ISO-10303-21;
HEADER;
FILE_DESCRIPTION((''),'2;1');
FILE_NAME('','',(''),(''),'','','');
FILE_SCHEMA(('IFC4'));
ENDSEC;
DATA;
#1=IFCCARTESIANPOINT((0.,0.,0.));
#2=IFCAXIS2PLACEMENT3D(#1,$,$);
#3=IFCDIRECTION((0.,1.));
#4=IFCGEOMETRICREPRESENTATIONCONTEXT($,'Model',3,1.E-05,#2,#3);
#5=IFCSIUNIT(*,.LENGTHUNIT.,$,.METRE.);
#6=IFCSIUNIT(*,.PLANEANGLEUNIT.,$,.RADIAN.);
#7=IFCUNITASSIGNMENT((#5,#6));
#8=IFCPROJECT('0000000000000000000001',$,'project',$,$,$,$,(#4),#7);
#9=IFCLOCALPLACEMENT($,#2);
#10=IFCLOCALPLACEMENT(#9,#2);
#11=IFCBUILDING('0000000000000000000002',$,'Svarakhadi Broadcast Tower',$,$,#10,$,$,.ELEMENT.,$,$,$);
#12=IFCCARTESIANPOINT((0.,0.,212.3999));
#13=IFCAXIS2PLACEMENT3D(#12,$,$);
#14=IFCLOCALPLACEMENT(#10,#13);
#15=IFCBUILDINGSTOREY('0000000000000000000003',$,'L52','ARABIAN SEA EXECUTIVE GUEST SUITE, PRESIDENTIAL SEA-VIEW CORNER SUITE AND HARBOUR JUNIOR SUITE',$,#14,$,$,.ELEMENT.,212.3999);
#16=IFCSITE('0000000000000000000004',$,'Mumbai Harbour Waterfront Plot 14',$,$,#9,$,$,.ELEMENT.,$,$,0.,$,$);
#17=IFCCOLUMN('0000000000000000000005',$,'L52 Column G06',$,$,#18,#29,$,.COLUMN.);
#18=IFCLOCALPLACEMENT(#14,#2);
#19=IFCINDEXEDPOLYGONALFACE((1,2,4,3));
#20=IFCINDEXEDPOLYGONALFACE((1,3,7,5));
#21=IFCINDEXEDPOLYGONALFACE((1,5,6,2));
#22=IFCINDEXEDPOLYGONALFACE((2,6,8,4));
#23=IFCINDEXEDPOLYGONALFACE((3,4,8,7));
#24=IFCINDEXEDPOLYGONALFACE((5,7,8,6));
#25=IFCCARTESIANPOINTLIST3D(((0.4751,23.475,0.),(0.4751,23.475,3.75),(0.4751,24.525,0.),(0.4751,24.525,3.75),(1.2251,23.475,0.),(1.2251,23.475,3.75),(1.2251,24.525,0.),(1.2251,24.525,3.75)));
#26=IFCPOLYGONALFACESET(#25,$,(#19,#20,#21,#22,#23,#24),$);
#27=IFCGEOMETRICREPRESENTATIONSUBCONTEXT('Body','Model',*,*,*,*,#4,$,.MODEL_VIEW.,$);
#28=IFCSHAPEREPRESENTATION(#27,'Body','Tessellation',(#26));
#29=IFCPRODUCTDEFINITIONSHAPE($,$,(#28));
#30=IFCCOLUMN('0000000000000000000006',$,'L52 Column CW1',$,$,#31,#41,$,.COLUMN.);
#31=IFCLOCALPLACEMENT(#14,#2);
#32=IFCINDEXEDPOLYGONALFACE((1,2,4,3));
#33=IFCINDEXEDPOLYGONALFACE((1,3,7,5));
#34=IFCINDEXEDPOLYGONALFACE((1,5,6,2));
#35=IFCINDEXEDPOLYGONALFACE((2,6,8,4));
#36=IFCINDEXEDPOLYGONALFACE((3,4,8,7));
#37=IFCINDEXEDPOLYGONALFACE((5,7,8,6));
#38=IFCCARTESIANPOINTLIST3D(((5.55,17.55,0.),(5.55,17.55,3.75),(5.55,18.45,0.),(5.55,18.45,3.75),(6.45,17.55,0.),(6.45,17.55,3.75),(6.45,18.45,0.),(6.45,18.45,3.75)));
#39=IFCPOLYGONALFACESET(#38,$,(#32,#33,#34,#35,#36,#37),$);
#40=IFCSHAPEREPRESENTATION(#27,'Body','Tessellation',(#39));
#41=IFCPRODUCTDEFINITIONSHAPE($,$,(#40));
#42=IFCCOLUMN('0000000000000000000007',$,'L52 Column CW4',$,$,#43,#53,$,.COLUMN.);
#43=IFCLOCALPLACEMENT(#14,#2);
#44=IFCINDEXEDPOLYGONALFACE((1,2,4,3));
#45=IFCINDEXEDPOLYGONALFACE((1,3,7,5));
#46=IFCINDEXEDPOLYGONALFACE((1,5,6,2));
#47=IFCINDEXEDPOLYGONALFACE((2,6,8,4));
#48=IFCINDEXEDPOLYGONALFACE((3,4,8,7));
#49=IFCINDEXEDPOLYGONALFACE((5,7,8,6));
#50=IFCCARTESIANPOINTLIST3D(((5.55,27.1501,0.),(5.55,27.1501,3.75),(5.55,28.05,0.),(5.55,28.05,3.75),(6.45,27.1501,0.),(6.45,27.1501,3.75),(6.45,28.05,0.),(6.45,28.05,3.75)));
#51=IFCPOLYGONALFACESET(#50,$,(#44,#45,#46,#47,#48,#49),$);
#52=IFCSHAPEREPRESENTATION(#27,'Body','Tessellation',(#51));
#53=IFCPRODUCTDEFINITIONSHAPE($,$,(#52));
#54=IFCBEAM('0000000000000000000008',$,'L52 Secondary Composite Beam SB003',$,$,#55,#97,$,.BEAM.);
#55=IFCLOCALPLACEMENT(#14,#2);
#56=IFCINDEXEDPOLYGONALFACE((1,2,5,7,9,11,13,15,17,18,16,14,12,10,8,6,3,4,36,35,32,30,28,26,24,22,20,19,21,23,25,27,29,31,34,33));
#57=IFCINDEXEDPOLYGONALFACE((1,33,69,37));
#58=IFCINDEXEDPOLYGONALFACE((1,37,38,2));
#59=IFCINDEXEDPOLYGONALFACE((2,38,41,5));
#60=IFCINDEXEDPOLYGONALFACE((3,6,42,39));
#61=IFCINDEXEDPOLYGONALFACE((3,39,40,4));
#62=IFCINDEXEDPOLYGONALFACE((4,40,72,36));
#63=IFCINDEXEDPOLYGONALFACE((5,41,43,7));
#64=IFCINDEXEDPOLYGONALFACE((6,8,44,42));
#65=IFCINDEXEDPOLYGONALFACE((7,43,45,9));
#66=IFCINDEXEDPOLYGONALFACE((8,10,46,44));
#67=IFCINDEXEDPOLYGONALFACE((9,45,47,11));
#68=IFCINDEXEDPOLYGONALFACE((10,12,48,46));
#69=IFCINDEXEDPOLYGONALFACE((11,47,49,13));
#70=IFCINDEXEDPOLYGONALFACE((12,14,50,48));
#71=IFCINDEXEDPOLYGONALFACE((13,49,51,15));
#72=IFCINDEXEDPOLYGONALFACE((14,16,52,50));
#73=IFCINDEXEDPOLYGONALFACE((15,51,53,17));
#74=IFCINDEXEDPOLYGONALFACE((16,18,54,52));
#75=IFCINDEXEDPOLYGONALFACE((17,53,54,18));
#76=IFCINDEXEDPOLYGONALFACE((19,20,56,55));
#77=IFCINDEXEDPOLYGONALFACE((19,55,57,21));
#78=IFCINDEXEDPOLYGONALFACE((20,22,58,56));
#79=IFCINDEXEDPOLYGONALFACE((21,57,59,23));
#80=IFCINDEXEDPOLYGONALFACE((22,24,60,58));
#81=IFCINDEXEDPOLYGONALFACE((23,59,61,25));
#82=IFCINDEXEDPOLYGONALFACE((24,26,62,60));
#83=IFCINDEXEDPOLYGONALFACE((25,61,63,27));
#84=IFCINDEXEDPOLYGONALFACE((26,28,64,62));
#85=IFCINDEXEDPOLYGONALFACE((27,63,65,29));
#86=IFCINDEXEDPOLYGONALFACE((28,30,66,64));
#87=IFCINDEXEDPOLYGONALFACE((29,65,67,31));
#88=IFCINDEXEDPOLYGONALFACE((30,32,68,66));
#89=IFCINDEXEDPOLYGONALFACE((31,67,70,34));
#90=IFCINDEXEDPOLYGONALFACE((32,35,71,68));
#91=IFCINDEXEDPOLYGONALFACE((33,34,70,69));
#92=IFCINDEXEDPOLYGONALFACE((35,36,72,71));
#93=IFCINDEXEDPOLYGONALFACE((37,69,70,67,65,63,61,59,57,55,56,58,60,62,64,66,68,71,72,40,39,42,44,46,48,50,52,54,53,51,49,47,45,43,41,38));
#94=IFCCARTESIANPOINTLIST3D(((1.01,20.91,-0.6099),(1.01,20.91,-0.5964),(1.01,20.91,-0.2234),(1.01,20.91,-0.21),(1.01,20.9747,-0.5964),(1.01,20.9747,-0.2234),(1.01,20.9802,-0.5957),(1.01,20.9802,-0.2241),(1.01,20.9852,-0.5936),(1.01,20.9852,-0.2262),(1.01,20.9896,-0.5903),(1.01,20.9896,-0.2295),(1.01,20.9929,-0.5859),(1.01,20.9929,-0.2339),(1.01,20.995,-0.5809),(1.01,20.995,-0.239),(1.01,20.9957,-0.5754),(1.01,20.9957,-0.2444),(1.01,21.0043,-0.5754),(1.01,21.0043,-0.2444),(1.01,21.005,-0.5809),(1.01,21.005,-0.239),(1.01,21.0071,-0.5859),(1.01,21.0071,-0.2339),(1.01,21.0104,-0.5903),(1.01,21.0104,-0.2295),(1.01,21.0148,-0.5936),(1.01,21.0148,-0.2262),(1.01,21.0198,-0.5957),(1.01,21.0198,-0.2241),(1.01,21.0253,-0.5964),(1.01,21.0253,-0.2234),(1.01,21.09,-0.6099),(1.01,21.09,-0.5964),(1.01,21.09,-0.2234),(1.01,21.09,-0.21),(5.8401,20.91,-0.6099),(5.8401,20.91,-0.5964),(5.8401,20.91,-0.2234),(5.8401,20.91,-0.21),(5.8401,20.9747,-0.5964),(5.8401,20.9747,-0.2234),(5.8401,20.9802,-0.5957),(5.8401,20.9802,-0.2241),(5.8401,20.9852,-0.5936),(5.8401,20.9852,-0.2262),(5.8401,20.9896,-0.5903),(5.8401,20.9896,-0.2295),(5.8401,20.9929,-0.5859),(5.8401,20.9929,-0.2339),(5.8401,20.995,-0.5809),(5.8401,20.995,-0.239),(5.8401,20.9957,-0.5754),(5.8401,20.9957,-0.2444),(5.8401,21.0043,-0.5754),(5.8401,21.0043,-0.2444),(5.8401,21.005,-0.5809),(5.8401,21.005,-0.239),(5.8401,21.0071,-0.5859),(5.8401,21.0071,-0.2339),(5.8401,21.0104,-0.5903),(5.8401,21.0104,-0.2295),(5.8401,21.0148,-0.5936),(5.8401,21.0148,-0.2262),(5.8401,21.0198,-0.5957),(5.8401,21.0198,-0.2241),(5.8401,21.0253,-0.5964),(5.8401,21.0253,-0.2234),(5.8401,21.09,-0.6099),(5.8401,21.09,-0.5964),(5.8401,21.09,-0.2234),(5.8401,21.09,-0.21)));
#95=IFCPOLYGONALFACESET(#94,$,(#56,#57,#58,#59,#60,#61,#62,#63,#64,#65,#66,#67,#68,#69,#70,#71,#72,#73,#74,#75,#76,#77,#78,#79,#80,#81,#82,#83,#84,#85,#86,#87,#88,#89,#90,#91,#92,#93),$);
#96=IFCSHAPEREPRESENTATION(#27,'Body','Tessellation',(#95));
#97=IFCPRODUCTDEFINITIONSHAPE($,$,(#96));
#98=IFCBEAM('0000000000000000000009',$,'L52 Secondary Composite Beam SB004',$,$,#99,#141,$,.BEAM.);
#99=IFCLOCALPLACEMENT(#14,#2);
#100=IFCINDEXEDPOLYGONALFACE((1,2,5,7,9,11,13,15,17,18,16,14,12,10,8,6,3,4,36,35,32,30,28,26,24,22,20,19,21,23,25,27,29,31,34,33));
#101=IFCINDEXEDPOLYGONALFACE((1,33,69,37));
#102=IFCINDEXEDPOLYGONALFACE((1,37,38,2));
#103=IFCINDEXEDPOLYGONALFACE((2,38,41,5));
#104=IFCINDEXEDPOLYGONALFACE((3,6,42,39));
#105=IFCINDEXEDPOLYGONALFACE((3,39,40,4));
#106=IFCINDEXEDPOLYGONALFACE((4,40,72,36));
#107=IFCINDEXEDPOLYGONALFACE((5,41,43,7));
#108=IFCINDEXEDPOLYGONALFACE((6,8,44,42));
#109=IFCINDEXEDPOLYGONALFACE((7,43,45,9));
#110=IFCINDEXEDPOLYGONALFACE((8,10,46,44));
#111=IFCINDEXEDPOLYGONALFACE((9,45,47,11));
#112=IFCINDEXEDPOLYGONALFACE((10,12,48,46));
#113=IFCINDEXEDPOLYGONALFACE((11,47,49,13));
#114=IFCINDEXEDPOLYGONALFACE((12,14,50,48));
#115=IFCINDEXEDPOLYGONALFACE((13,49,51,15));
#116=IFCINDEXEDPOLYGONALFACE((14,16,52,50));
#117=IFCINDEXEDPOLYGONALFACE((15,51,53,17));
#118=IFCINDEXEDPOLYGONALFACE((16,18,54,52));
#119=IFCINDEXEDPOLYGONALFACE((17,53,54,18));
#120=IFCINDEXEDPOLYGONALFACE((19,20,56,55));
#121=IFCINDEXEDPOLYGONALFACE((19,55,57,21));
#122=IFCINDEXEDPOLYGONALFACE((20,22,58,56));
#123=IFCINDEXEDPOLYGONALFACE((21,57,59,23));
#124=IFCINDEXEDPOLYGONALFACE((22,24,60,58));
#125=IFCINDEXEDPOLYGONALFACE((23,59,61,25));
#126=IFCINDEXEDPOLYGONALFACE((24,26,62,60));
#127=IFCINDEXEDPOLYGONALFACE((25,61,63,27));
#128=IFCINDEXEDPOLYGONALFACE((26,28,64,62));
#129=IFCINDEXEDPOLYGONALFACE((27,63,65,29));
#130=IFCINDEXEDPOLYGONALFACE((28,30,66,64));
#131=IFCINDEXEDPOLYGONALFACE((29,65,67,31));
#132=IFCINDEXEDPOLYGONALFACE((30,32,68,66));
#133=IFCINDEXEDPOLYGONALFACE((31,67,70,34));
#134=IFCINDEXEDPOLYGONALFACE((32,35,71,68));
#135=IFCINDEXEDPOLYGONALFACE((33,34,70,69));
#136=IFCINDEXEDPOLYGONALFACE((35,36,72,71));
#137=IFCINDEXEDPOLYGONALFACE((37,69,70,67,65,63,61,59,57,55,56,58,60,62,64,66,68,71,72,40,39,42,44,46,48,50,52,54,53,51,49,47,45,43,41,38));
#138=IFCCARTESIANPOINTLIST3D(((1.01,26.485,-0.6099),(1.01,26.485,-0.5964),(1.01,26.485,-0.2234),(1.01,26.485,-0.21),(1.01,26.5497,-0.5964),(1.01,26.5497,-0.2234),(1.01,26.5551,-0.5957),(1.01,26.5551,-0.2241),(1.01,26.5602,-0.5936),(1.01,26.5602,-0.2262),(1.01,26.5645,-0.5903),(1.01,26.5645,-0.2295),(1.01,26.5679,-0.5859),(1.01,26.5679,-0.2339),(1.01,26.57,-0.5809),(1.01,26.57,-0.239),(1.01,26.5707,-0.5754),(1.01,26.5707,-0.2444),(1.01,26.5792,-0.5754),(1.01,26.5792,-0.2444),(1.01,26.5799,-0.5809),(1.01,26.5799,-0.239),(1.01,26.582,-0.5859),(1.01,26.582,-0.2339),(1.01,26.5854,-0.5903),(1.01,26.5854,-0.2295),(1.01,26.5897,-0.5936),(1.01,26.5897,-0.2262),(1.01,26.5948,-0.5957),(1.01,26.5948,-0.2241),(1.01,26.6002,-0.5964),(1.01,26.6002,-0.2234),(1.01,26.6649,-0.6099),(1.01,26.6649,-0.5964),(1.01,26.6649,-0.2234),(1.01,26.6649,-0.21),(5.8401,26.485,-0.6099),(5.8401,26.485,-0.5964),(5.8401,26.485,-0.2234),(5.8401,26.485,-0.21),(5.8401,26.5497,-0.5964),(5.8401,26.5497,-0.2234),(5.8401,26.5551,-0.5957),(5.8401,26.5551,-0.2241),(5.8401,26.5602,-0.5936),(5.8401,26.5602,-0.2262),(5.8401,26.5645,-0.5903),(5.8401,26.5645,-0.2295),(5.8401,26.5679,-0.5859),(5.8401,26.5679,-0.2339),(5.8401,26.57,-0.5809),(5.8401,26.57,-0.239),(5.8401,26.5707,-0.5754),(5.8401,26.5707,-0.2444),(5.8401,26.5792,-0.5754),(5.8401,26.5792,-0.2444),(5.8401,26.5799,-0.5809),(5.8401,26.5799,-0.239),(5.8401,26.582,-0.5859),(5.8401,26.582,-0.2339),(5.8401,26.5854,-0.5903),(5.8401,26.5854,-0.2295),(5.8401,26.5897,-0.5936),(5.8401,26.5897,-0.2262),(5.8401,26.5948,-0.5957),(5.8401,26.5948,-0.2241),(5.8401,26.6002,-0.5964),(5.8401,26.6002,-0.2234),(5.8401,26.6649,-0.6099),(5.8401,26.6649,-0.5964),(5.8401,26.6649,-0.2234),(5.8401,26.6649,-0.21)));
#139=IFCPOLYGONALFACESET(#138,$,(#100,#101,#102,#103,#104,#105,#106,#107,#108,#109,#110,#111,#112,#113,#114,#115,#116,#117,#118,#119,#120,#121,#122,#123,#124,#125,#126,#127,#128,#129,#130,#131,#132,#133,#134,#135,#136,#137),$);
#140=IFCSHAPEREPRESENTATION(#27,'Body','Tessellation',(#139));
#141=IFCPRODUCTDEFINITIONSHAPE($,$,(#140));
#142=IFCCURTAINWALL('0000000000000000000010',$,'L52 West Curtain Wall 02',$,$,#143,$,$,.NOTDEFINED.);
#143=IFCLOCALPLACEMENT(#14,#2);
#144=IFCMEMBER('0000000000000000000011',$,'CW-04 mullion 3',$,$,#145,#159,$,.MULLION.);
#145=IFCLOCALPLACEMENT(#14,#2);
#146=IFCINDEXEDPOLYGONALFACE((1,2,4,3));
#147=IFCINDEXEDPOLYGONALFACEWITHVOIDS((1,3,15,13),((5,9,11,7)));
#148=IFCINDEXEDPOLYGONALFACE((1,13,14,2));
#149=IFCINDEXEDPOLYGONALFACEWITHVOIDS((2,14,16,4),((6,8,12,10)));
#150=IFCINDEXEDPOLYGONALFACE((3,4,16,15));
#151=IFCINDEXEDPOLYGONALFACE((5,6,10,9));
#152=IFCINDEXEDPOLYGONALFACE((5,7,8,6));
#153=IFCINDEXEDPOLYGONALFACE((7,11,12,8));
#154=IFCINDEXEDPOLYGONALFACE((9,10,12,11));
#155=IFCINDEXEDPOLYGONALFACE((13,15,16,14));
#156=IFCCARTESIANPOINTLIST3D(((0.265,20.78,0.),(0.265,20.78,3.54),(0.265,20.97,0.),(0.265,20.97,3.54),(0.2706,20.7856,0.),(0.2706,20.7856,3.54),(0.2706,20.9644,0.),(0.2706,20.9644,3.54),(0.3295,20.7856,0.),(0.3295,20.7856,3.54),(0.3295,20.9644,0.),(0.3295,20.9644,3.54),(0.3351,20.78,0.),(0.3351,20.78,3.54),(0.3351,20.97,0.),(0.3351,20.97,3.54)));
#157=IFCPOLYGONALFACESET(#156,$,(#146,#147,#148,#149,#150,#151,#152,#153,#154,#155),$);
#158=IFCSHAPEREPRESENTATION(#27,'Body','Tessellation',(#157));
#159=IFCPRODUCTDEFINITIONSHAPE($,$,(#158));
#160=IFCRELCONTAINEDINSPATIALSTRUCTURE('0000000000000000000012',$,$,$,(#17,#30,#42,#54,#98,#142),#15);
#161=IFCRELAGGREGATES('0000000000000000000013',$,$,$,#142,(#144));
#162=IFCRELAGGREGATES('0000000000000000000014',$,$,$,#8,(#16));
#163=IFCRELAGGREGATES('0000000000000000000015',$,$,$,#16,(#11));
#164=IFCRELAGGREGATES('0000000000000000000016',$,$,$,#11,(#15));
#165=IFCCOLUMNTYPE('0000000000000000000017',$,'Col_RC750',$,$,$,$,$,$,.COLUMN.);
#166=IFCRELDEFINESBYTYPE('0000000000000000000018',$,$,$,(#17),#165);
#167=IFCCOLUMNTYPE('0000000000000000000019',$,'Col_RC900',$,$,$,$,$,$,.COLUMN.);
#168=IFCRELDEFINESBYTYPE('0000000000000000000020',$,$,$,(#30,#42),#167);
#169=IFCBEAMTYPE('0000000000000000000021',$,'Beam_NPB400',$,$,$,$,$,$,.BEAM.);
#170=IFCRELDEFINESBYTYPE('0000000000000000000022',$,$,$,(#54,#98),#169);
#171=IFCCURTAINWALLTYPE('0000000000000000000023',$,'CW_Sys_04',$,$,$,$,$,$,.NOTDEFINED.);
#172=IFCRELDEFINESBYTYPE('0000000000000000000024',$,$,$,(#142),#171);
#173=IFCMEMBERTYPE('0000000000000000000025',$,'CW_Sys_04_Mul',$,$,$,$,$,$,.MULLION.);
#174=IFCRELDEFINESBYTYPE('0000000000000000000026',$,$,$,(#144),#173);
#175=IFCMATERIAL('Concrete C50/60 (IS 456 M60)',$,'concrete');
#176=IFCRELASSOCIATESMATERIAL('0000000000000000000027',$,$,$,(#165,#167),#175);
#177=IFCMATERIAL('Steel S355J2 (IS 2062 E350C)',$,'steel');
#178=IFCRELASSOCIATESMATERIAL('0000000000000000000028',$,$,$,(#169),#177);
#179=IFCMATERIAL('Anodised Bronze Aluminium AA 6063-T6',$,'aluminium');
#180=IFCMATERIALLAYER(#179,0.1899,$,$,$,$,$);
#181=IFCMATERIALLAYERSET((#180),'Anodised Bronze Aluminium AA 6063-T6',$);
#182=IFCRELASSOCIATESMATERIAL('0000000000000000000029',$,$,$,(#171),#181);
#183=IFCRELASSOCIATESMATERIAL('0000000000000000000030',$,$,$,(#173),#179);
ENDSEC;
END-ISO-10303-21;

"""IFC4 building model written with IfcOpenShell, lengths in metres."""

from ifc_helpers import new_model, si_unit, direction, frame, origin, origin_2d, place, context, subcontext, project, spatial, rectangle, hollow_rectangle, i_section, extrude, material, layer, layer_set, material_profile, profile_set, type_object, element, aggregate, save


model = new_model("IFC4")

# Units and contexts
model_context = context("Model", 3, precision=1e-05, world=origin(), true_north=direction((0.0, 1.0)))
body_context = subcontext(model_context, "Body", "Model", "MODEL_VIEW")
ifc_project = project(units=[si_unit("LENGTHUNIT", "METRE"), si_unit("PLANEANGLEUNIT", "RADIAN")], contexts=[model_context])

# Site, building, storey
site_placement = place(None, origin())
site = spatial("IfcSite", under=ifc_project, at=site_placement, Name="Mumbai Harbour Waterfront Plot 14", CompositionType="ELEMENT", RefElevation=0.0)
building_placement = place(site_placement, origin())
building = spatial("IfcBuilding", under=site, at=building_placement, Name="Svarakhadi Broadcast Tower", CompositionType="ELEMENT")
storey_placement = place(building_placement, frame((0.0, 0.0, 212.3999)))
storey = spatial("IfcBuildingStorey", under=building, at=storey_placement, Name="L52", Description="ARABIAN SEA EXECUTIVE GUEST SUITE, PRESIDENTIAL SEA-VIEW CORNER SUITE AND HARBOUR JUNIOR SUITE", CompositionType="ELEMENT", Elevation=212.3999)

# Columns
ifc_material_1 = material(Name="Concrete C50/60 (IS 456 M60)", Category="concrete")
ifc_material_profile_1 = material_profile(ifc_material_1, rectangle(XDim=0.75, YDim=1.05, at=origin_2d()), Name="RC 750x1050")
ifc_profile_set_1 = profile_set([ifc_material_profile_1], Name="Concrete C50/60 (IS 456 M60)")
column_type_1 = type_object("IfcColumnType", Name="Col_RC750", PredefinedType="COLUMN", material=ifc_profile_set_1)
column_placement = place(storey_placement, frame((0.8501, 24.0, 0.0), z_axis=(0.0, 0.0, 1.0), x_axis=(1.0, 0.0, 0.0)))
element("IfcColumn", 1, at=column_placement, inside=storey, type_object=column_type_1, Name="L52 Column G06", PredefinedType="COLUMN", context=body_context, shape_type="SweptSolid", body=[
    extrude(rectangle(XDim=0.75, YDim=1.05, at=origin_2d()), origin(), (0.0, 0.0, 1.0), 3.75),
])
ifc_material_profile_2 = material_profile(ifc_material_1, rectangle(XDim=0.8999, YDim=0.8999, at=origin_2d()), Name="RC 900x900")
ifc_profile_set_2 = profile_set([ifc_material_profile_2], Name="Concrete C50/60 (IS 456 M60)")
column_type_2 = type_object("IfcColumnType", Name="Col_RC900", PredefinedType="COLUMN", material=ifc_profile_set_2)
for number, where, z_axis, x_axis, name in (
    (2, (6.0, 18.0, 0.0), (0.0, 0.0, 1.0), (1.0, 0.0, 0.0), "L52 Column CW1"),
    (3, (6.0, 27.6001, 0.0), (0.0, 0.0, 1.0), (1.0, 0.0, 0.0), "L52 Column CW4"),
):
    element("IfcColumn", number, at=place(storey_placement, frame(where, z_axis=z_axis, x_axis=x_axis)), inside=storey, type_object=column_type_2, Name=name, PredefinedType="COLUMN", context=body_context, shape_type="SweptSolid", body=[
        extrude(rectangle(XDim=0.8999, YDim=0.8999, at=origin_2d()), origin(), (0.0, 0.0, 1.0), 3.75),
    ])

# Beams
ifc_material_2 = material(Name="Steel S355J2 (IS 2062 E350C)", Category="steel")
ifc_material_profile_3 = material_profile(ifc_material_2, i_section(OverallWidth=0.1799, OverallDepth=0.3999, WebThickness=0.0085, FlangeThickness=0.0134, FilletRadius=0.021, at=origin_2d()), Name="NPB 400x180x66")
ifc_profile_set_3 = profile_set([ifc_material_profile_3], Name="Steel S355J2 (IS 2062 E350C)")
beam_type_1 = type_object("IfcBeamType", Name="Beam_NPB400", PredefinedType="BEAM", material=ifc_profile_set_3)
for number, where, z_axis, x_axis, name in (
    (4, (1.01, 21.0, -0.4099), (1.0, 0.0, 0.0), (0.0, 1.0, 0.0), "L52 Secondary Composite Beam SB003"),
    (5, (1.01, 26.575, -0.4099), (1.0, 0.0, 0.0), (0.0, 1.0, 0.0), "L52 Secondary Composite Beam SB004"),
):
    element("IfcBeam", number, at=place(storey_placement, frame(where, z_axis=z_axis, x_axis=x_axis)), inside=storey, type_object=beam_type_1, Name=name, PredefinedType="BEAM", context=body_context, shape_type="SweptSolid", body=[
        extrude(i_section(OverallWidth=0.1799, OverallDepth=0.3999, WebThickness=0.0085, FlangeThickness=0.0134, FilletRadius=0.021, at=origin_2d()), origin(), (0.0, 0.0, 1.0), 4.8301),
    ])

# Curtain wall, member
ifc_material_3 = material(Name="Anodised Bronze Aluminium AA 6063-T6", Category="aluminium")
ifc_layer_1 = layer(ifc_material_3, 0.1899)
ifc_layer_set_1 = layer_set([ifc_layer_1], Name="Anodised Bronze Aluminium AA 6063-T6")
curtain_wall_type = type_object("IfcCurtainWallType", Name="CW_Sys_04", PredefinedType="NOTDEFINED", material=ifc_layer_set_1)
curtain_wall_placement = place(storey_placement, origin())
curtain_wall = element("IfcCurtainWall", 6, at=curtain_wall_placement, inside=storey, type_object=curtain_wall_type, Name="L52 West Curtain Wall 02", PredefinedType="NOTDEFINED")
ifc_material_profile_4 = material_profile(ifc_material_3, hollow_rectangle(XDim=0.0701, YDim=0.1899, WallThickness=0.0056, at=origin_2d()), Name="ALU MULLION 190x70x6")
ifc_profile_set_4 = profile_set([ifc_material_profile_4], Name="Anodised Bronze Aluminium AA 6063-T6")
member_type = type_object("IfcMemberType", Name="CW_Sys_04_Mul", PredefinedType="MULLION", material=ifc_profile_set_4)
member_placement = place(storey_placement, frame((0.3, 20.875, 0.0), z_axis=(0.0, 0.0, 1.0), x_axis=(-1.0, 0.0, 0.0)))
member = element("IfcMember", 7, at=member_placement, type_object=member_type, Name="CW-04 mullion 3", PredefinedType="MULLION", context=body_context, shape_type="SweptSolid", body=[
    extrude(hollow_rectangle(XDim=0.0701, YDim=0.1899, WallThickness=0.0056, at=origin_2d()), origin(), (0.0, 0.0, 1.0), 3.54),
])
aggregate(curtain_wall, [member])

save(model, "model.ifc")
